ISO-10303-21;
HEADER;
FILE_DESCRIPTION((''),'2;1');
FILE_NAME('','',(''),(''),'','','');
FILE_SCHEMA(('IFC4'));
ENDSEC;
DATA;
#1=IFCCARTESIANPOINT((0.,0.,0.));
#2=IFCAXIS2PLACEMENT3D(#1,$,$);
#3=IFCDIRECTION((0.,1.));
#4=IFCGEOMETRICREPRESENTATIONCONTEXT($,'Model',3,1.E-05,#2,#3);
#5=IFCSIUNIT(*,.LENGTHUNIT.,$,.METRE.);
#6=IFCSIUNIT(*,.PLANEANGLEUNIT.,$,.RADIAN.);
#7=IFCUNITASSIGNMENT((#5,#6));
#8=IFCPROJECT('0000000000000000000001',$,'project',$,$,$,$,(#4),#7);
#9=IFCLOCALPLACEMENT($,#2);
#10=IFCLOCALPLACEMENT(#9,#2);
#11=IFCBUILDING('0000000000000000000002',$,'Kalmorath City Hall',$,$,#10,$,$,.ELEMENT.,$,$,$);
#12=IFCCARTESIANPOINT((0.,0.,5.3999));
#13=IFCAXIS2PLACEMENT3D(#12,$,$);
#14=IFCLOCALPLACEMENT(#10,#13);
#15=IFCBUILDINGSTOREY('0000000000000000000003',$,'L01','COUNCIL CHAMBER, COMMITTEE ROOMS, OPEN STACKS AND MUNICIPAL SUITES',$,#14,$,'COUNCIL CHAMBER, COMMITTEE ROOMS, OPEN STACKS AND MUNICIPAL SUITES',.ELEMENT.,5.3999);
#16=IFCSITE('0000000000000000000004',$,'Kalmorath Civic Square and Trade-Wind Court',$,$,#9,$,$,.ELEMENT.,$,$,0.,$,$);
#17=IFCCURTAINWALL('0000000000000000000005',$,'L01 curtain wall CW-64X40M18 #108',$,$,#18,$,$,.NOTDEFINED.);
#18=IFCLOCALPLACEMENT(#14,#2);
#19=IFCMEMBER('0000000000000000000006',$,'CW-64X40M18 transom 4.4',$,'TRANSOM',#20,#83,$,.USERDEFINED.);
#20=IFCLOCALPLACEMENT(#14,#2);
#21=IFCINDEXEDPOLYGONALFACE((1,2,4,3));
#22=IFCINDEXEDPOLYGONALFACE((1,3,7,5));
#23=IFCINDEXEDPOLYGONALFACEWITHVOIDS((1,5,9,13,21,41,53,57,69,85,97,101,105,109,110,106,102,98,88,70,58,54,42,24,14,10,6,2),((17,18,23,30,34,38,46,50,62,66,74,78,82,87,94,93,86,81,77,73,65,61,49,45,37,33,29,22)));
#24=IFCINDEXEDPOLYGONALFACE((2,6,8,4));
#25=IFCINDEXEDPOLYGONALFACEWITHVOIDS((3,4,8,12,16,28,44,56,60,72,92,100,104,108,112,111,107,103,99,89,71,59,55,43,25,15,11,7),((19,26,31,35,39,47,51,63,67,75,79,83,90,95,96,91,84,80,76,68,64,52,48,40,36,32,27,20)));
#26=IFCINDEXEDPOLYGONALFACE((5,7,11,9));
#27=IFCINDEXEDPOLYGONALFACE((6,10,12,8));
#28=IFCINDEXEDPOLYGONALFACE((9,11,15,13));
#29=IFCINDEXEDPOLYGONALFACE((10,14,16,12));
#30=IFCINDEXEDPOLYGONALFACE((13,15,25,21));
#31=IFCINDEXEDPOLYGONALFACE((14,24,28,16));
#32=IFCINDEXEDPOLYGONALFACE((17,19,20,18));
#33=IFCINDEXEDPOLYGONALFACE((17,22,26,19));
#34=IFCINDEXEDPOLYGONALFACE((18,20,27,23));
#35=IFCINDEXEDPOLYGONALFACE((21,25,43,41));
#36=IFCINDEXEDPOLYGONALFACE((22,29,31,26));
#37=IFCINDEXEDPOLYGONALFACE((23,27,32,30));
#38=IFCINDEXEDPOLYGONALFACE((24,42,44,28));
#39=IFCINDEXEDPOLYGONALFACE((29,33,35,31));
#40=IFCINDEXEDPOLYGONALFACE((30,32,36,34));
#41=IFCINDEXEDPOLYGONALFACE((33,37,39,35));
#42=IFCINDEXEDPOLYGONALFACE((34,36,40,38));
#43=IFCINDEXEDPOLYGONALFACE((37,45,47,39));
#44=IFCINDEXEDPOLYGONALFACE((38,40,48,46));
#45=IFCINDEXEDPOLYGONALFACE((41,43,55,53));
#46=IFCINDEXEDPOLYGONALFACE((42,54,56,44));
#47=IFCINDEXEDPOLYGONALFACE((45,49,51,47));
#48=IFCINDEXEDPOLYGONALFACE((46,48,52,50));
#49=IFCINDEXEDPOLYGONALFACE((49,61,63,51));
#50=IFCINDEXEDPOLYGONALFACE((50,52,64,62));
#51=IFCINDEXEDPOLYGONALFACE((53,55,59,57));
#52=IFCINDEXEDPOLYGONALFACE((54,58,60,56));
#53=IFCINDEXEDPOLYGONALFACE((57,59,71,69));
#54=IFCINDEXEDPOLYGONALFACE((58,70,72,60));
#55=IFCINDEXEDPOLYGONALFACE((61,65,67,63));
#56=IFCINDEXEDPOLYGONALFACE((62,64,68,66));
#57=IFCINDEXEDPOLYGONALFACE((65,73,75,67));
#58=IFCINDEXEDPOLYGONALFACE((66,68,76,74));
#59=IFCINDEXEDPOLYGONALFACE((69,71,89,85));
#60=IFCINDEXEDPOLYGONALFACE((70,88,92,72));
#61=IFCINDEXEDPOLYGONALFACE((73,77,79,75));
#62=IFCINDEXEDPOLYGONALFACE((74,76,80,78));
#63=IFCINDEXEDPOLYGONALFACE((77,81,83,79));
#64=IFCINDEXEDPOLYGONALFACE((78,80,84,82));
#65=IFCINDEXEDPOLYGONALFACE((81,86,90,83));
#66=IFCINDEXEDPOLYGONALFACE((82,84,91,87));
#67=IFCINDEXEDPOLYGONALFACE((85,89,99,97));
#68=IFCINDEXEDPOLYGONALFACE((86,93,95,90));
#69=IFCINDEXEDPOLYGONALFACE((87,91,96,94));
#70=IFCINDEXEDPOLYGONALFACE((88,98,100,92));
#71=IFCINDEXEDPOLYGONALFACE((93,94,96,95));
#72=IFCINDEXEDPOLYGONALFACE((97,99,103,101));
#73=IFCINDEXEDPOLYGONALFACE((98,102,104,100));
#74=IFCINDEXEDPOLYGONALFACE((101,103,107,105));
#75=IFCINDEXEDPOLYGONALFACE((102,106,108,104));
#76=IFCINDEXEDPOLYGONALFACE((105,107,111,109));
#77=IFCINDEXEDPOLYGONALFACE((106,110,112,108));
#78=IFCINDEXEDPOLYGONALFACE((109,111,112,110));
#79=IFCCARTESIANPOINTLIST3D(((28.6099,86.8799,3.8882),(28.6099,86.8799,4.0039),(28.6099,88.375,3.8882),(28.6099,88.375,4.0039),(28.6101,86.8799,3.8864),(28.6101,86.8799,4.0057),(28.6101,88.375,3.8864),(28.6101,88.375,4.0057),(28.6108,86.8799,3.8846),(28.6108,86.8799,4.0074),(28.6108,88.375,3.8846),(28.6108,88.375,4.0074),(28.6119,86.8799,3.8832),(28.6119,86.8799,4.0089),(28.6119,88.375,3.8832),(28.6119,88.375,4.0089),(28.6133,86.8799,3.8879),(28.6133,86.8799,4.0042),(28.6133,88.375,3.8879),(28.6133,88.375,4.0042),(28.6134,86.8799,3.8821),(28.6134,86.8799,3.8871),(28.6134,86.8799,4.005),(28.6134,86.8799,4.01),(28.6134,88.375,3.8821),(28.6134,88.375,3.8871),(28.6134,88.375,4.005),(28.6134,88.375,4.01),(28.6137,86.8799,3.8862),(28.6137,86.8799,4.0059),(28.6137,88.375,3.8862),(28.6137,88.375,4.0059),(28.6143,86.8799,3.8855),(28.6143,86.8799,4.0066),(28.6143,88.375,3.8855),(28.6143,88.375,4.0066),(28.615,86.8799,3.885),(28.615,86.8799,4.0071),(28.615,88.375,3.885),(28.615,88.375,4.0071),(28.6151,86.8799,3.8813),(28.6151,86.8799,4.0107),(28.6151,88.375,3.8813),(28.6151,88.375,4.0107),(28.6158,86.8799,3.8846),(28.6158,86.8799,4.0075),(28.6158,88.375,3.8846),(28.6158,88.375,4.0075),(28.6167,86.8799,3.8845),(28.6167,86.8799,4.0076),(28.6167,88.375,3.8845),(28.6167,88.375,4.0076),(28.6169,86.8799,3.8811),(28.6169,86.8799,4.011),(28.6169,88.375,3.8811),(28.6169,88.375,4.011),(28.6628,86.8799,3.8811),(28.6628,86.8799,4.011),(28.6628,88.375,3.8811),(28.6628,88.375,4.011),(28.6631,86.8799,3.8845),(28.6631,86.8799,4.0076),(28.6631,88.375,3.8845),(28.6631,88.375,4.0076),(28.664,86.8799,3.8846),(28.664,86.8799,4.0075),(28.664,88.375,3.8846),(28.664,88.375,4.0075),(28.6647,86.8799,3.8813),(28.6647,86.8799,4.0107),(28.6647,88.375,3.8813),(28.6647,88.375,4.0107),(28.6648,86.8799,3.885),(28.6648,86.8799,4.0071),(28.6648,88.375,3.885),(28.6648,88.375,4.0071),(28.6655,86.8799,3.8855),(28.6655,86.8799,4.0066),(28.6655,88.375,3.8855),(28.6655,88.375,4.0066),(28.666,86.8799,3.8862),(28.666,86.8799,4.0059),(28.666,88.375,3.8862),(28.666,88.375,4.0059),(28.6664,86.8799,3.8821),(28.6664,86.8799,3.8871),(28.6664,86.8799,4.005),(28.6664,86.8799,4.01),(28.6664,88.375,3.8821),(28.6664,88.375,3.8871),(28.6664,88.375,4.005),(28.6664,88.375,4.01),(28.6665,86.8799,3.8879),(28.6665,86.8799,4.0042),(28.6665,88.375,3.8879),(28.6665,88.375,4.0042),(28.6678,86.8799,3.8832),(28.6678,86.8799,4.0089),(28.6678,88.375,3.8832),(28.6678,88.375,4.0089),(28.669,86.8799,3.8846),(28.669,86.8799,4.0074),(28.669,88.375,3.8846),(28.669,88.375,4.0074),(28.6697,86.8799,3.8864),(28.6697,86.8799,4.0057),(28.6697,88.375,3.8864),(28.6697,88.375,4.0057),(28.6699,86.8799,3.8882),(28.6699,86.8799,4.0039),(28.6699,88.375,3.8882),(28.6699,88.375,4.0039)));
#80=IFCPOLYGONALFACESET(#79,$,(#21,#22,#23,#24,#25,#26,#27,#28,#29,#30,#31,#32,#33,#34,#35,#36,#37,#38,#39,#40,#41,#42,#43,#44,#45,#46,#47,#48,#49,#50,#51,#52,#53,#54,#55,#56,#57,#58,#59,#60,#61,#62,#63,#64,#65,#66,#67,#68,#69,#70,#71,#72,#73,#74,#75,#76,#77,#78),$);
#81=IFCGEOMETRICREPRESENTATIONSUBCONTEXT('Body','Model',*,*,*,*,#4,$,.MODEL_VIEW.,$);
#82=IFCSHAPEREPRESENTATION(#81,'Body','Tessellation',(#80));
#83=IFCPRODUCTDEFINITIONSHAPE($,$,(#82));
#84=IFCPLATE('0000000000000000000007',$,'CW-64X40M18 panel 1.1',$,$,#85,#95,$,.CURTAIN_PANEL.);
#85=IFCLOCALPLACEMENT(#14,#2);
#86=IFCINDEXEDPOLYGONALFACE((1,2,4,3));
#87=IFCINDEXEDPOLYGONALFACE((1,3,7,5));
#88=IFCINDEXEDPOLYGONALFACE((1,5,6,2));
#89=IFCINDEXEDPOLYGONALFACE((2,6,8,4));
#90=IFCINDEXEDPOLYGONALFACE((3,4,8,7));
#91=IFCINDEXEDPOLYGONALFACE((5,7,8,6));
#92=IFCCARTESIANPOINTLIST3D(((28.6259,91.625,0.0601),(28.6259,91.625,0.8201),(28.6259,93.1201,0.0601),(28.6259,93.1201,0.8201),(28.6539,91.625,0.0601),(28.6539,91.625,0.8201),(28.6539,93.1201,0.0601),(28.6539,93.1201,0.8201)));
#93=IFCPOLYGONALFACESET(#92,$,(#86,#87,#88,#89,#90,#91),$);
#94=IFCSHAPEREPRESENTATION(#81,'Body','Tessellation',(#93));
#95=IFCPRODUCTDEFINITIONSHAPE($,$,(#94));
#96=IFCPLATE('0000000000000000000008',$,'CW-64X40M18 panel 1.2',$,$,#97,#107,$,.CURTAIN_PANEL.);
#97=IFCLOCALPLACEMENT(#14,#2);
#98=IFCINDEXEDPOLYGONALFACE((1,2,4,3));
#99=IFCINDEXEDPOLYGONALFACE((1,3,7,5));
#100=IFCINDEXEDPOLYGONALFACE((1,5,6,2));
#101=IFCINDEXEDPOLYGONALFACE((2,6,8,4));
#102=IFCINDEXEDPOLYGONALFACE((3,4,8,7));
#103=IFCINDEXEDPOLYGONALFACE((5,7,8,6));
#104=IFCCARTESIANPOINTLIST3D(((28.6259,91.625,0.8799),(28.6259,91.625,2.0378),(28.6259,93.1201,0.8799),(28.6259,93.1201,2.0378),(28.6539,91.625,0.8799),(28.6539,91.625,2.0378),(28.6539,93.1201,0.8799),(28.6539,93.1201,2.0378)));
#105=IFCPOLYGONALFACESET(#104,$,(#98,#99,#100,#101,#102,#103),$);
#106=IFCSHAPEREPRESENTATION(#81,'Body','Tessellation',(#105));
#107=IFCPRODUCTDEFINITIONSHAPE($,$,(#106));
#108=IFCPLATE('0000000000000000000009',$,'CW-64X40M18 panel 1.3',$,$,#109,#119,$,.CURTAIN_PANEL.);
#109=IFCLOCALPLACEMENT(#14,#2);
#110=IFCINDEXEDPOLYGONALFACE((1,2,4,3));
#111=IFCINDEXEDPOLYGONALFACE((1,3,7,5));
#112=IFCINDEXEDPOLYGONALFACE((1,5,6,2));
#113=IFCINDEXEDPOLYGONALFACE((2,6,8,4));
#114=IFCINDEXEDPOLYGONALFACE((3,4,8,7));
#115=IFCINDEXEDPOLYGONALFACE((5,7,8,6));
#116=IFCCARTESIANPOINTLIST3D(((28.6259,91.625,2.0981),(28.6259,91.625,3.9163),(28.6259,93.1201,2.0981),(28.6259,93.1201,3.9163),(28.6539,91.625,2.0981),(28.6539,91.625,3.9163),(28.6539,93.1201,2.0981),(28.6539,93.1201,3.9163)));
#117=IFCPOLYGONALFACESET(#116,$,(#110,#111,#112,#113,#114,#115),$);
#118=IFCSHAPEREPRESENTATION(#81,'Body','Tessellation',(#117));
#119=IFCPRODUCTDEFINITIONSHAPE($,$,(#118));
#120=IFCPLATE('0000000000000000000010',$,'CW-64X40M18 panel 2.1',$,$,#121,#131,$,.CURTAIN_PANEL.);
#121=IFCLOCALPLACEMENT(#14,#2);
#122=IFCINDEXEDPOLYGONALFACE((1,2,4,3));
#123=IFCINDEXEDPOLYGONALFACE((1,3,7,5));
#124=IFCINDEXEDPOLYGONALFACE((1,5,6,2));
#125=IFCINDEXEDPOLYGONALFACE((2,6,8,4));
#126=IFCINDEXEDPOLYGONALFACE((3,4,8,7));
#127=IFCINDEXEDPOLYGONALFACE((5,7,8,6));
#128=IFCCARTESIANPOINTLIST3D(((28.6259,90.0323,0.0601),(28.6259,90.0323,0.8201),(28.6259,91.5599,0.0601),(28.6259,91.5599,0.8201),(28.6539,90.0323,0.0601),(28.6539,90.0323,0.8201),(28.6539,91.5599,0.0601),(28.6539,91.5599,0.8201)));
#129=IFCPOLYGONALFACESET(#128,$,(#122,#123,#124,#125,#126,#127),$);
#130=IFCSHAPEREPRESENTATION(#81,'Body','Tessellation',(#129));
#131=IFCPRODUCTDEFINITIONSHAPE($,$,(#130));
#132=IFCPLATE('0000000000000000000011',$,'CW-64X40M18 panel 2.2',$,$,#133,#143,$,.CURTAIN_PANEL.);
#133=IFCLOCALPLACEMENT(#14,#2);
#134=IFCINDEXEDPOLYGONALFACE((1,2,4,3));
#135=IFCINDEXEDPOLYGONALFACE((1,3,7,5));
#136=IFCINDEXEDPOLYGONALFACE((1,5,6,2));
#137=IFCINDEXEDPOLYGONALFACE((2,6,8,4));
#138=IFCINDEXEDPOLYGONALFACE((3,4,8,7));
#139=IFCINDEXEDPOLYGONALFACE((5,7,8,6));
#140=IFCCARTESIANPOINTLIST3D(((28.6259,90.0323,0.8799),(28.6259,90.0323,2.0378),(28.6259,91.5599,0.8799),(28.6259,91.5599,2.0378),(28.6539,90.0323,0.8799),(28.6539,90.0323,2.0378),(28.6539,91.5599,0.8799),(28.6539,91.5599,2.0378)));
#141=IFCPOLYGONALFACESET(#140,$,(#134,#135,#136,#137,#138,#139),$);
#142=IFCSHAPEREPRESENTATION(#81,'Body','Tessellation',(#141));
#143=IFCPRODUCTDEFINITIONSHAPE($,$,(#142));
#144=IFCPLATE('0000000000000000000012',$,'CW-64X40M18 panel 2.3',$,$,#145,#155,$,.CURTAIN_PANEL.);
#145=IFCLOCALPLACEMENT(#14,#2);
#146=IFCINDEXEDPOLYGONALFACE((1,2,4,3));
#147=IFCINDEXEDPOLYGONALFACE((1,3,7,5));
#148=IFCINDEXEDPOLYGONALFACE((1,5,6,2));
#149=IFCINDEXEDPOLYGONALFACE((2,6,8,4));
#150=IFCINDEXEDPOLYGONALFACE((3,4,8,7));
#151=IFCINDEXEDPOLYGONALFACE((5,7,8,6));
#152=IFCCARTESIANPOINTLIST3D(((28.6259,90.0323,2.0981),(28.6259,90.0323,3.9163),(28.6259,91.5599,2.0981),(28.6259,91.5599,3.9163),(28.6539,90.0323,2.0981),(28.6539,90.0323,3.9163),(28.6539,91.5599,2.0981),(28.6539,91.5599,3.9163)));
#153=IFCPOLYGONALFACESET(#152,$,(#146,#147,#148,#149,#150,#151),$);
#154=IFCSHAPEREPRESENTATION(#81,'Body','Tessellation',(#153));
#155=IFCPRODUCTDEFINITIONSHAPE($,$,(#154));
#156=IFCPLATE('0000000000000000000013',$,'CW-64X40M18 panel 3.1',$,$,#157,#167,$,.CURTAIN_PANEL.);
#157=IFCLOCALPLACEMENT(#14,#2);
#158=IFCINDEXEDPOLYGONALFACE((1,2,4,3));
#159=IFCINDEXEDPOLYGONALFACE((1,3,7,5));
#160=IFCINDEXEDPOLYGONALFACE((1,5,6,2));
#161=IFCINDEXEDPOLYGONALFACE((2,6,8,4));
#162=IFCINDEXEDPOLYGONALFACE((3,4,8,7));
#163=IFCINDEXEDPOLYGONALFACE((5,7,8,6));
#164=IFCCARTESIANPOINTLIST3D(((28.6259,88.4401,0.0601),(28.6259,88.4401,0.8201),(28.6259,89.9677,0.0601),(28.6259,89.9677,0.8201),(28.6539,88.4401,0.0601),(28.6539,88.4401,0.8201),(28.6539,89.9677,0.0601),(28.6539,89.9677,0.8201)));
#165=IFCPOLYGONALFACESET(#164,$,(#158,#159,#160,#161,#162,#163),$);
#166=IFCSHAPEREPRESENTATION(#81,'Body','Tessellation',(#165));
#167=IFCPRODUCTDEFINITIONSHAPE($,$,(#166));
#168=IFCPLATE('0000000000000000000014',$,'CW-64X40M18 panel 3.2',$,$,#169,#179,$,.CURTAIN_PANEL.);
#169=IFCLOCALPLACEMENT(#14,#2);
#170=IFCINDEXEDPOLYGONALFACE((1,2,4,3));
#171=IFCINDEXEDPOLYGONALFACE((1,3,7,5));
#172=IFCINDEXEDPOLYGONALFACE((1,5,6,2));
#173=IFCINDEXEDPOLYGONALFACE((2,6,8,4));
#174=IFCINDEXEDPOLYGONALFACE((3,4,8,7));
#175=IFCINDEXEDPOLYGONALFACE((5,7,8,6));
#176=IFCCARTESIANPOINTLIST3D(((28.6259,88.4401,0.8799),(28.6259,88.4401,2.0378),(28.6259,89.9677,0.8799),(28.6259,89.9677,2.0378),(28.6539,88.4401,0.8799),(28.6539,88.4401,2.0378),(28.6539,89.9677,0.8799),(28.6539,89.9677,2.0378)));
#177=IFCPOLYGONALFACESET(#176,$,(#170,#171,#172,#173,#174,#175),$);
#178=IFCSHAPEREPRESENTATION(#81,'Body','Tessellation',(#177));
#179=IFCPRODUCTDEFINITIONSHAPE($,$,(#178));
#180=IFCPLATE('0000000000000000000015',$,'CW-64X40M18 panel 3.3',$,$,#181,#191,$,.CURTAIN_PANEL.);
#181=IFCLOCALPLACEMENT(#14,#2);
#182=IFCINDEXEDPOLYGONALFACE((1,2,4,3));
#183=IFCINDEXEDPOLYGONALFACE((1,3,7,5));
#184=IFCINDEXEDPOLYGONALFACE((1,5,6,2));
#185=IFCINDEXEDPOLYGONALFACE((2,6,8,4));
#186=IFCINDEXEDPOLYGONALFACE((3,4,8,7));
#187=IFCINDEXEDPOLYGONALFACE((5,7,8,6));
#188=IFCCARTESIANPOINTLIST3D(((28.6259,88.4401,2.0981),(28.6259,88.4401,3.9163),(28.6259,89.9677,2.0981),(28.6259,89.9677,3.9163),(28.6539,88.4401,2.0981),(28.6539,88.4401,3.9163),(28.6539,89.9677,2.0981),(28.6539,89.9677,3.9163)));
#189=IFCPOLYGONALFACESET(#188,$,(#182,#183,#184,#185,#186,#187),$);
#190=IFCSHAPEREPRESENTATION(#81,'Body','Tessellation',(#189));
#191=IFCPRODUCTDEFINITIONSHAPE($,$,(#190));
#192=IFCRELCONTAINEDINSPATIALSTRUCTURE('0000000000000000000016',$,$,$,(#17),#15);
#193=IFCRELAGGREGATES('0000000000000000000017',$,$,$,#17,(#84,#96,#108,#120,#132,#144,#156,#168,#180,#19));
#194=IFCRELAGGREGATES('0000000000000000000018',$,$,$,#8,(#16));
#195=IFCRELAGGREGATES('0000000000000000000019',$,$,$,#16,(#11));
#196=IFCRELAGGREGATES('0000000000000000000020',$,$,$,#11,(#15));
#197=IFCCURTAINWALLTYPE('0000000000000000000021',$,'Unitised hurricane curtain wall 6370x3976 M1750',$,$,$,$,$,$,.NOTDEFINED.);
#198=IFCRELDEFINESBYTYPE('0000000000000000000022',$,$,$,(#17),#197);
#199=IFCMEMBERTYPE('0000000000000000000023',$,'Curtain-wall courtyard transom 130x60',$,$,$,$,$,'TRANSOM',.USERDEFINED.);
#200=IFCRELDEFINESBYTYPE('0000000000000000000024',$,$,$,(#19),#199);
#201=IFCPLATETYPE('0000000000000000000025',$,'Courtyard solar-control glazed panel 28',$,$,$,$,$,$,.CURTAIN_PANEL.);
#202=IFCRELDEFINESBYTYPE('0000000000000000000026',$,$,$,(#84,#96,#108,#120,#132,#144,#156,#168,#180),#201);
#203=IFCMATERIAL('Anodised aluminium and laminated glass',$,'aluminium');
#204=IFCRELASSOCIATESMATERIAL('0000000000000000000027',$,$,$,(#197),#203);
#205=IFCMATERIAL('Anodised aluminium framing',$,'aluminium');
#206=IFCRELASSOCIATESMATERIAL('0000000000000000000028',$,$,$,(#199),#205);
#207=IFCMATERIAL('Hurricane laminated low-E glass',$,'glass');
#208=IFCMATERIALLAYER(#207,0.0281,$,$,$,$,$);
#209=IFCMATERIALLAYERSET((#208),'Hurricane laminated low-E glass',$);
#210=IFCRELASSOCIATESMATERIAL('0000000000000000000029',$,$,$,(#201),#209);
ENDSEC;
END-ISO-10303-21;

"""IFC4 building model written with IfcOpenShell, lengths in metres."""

from ifc_helpers import new_model, si_unit, direction, frame, origin, origin_2d, place, context, subcontext, project, spatial, rectangle, hollow_rectangle, extrude, material, layer, layer_set, material_profile, profile_set, type_object, element, aggregate, save


model = new_model("IFC4")

# Units and contexts
model_context = context("Model", 3, precision=1e-05, world=origin(), true_north=direction((0.0, 1.0)))
body_context = subcontext(model_context, "Body", "Model", "MODEL_VIEW")
ifc_project = project(units=[si_unit("LENGTHUNIT", "METRE"), si_unit("PLANEANGLEUNIT", "RADIAN")], contexts=[model_context])

# Site, building, storey
site_placement = place(None, origin())
site = spatial("IfcSite", under=ifc_project, at=site_placement, Name="Kalmorath Civic Square and Trade-Wind Court", CompositionType="ELEMENT", RefElevation=0.0)
building_placement = place(site_placement, origin())
building = spatial("IfcBuilding", under=site, at=building_placement, Name="Kalmorath City Hall", CompositionType="ELEMENT")
storey_placement = place(building_placement, frame((0.0, 0.0, 5.3999)))
storey = spatial("IfcBuildingStorey", under=building, at=storey_placement, Name="L01", Description="COUNCIL CHAMBER, COMMITTEE ROOMS, OPEN STACKS AND MUNICIPAL SUITES", LongName="COUNCIL CHAMBER, COMMITTEE ROOMS, OPEN STACKS AND MUNICIPAL SUITES", CompositionType="ELEMENT", Elevation=5.3999)

# Curtain wall, member, plates
ifc_material_1 = material(Name="Anodised aluminium and laminated glass", Category="aluminium")
curtain_wall_type = type_object("IfcCurtainWallType", Name="Unitised hurricane curtain wall 6370x3976 M1750", PredefinedType="NOTDEFINED", material=ifc_material_1)
curtain_wall_placement = place(storey_placement, origin())
curtain_wall = element("IfcCurtainWall", 1, at=curtain_wall_placement, inside=storey, type_object=curtain_wall_type, Name="L01 curtain wall CW-64X40M18 #108", PredefinedType="NOTDEFINED")
ifc_material_2 = material(Name="Anodised aluminium framing", Category="aluminium")
ifc_material_profile_1 = material_profile(ifc_material_2, hollow_rectangle(XDim=0.0601, YDim=0.1299, WallThickness=0.0034, InnerFilletRadius=0.0034, OuterFilletRadius=0.0071, at=origin_2d()), Name="ALU-TRN-130X60X3.5")
ifc_profile_set_1 = profile_set([ifc_material_profile_1], Name="Anodised aluminium framing")
member_type_1 = type_object("IfcMemberType", Name="Curtain-wall courtyard transom 130x60", ElementType="TRANSOM", PredefinedType="USERDEFINED", material=ifc_profile_set_1)
member_1_placement = place(storey_placement, frame((28.6399, 88.375, 3.946), z_axis=(0.0, -1.0, 0.0), x_axis=(1.0, 0.0, 0.0)))
member_1 = element("IfcMember", 2, at=member_1_placement, type_object=member_type_1, Name="CW-64X40M18 transom 4.4", ObjectType="TRANSOM", PredefinedType="USERDEFINED", context=body_context, shape_type="SweptSolid", body=[
    extrude(hollow_rectangle(XDim=0.0601, YDim=0.1299, WallThickness=0.0034, InnerFilletRadius=0.0034, OuterFilletRadius=0.0071, at=origin_2d()), origin(), (0.0, 0.0, 1.0), 1.4951),
])
ifc_material_3 = material(Name="Hurricane laminated low-E glass", Category="glass")
ifc_layer = layer(ifc_material_3, 0.0281)
ifc_layer_set = layer_set([ifc_layer], Name="Hurricane laminated low-E glass")
plate_type = type_object("IfcPlateType", Name="Courtyard solar-control glazed panel 28", PredefinedType="CURTAIN_PANEL", material=ifc_layer_set)
plate_1_placement = place(storey_placement, frame((28.6399, 92.3726, 0.0601), z_axis=(0.0, 0.0, 1.0), x_axis=(0.0, -1.0, 0.0)))
plate_1 = element("IfcPlate", 3, at=plate_1_placement, type_object=plate_type, Name="CW-64X40M18 panel 1.1", PredefinedType="CURTAIN_PANEL", context=body_context, shape_type="SweptSolid", body=[
    extrude(rectangle(XDim=1.4951, YDim=0.0281, at=origin_2d()), origin(), (0.0, 0.0, 1.0), 0.76),
])
plate_2_placement = place(storey_placement, frame((28.6399, 92.3726, 0.8799), z_axis=(0.0, 0.0, 1.0), x_axis=(0.0, -1.0, 0.0)))
plate_2 = element("IfcPlate", 4, at=plate_2_placement, type_object=plate_type, Name="CW-64X40M18 panel 1.2", PredefinedType="CURTAIN_PANEL", context=body_context, shape_type="SweptSolid", body=[
    extrude(rectangle(XDim=1.4951, YDim=0.0281, at=origin_2d()), origin(), (0.0, 0.0, 1.0), 1.158),
])
plate_3_placement = place(storey_placement, frame((28.6399, 92.3726, 2.0981), z_axis=(0.0, 0.0, 1.0), x_axis=(0.0, -1.0, 0.0)))
plate_3 = element("IfcPlate", 5, at=plate_3_placement, type_object=plate_type, Name="CW-64X40M18 panel 1.3", PredefinedType="CURTAIN_PANEL", context=body_context, shape_type="SweptSolid", body=[
    extrude(rectangle(XDim=1.4951, YDim=0.0281, at=origin_2d()), origin(), (0.0, 0.0, 1.0), 1.8181),
])
plate_4_placement = place(storey_placement, frame((28.6399, 90.7961, 0.0601), z_axis=(0.0, 0.0, 1.0), x_axis=(0.0, -1.0, 0.0)))
plate_4 = element("IfcPlate", 6, at=plate_4_placement, type_object=plate_type, Name="CW-64X40M18 panel 2.1", PredefinedType="CURTAIN_PANEL", context=body_context, shape_type="SweptSolid", body=[
    extrude(rectangle(XDim=1.5276, YDim=0.0281, at=origin_2d()), origin(), (0.0, 0.0, 1.0), 0.76),
])
plate_5_placement = place(storey_placement, frame((28.6399, 90.7961, 0.8799), z_axis=(0.0, 0.0, 1.0), x_axis=(0.0, -1.0, 0.0)))
plate_5 = element("IfcPlate", 7, at=plate_5_placement, type_object=plate_type, Name="CW-64X40M18 panel 2.2", PredefinedType="CURTAIN_PANEL", context=body_context, shape_type="SweptSolid", body=[
    extrude(rectangle(XDim=1.5276, YDim=0.0281, at=origin_2d()), origin(), (0.0, 0.0, 1.0), 1.158),
])
plate_6_placement = place(storey_placement, frame((28.6399, 90.7961, 2.0981), z_axis=(0.0, 0.0, 1.0), x_axis=(0.0, -1.0, 0.0)))
plate_6 = element("IfcPlate", 8, at=plate_6_placement, type_object=plate_type, Name="CW-64X40M18 panel 2.3", PredefinedType="CURTAIN_PANEL", context=body_context, shape_type="SweptSolid", body=[
    extrude(rectangle(XDim=1.5276, YDim=0.0281, at=origin_2d()), origin(), (0.0, 0.0, 1.0), 1.8181),
])
plate_7_placement = place(storey_placement, frame((28.6399, 89.2039, 0.0601), z_axis=(0.0, 0.0, 1.0), x_axis=(0.0, -1.0, 0.0)))
plate_7 = element("IfcPlate", 9, at=plate_7_placement, type_object=plate_type, Name="CW-64X40M18 panel 3.1", PredefinedType="CURTAIN_PANEL", context=body_context, shape_type="SweptSolid", body=[
    extrude(rectangle(XDim=1.5276, YDim=0.0281, at=origin_2d()), origin(), (0.0, 0.0, 1.0), 0.76),
])
plate_8_placement = place(storey_placement, frame((28.6399, 89.2039, 0.8799), z_axis=(0.0, 0.0, 1.0), x_axis=(0.0, -1.0, 0.0)))
plate_8 = element("IfcPlate", 10, at=plate_8_placement, type_object=plate_type, Name="CW-64X40M18 panel 3.2", PredefinedType="CURTAIN_PANEL", context=body_context, shape_type="SweptSolid", body=[
    extrude(rectangle(XDim=1.5276, YDim=0.0281, at=origin_2d()), origin(), (0.0, 0.0, 1.0), 1.158),
])
plate_9_placement = place(storey_placement, frame((28.6399, 89.2039, 2.0981), z_axis=(0.0, 0.0, 1.0), x_axis=(0.0, -1.0, 0.0)))
plate_9 = element("IfcPlate", 11, at=plate_9_placement, type_object=plate_type, Name="CW-64X40M18 panel 3.3", PredefinedType="CURTAIN_PANEL", context=body_context, shape_type="SweptSolid", body=[
    extrude(rectangle(XDim=1.5276, YDim=0.0281, at=origin_2d()), origin(), (0.0, 0.0, 1.0), 1.8181),
])
aggregate(curtain_wall, [plate_1, plate_2, plate_3, plate_4, plate_5, plate_6, plate_7, plate_8, plate_9, member_1])

save(model, "model.ifc")
